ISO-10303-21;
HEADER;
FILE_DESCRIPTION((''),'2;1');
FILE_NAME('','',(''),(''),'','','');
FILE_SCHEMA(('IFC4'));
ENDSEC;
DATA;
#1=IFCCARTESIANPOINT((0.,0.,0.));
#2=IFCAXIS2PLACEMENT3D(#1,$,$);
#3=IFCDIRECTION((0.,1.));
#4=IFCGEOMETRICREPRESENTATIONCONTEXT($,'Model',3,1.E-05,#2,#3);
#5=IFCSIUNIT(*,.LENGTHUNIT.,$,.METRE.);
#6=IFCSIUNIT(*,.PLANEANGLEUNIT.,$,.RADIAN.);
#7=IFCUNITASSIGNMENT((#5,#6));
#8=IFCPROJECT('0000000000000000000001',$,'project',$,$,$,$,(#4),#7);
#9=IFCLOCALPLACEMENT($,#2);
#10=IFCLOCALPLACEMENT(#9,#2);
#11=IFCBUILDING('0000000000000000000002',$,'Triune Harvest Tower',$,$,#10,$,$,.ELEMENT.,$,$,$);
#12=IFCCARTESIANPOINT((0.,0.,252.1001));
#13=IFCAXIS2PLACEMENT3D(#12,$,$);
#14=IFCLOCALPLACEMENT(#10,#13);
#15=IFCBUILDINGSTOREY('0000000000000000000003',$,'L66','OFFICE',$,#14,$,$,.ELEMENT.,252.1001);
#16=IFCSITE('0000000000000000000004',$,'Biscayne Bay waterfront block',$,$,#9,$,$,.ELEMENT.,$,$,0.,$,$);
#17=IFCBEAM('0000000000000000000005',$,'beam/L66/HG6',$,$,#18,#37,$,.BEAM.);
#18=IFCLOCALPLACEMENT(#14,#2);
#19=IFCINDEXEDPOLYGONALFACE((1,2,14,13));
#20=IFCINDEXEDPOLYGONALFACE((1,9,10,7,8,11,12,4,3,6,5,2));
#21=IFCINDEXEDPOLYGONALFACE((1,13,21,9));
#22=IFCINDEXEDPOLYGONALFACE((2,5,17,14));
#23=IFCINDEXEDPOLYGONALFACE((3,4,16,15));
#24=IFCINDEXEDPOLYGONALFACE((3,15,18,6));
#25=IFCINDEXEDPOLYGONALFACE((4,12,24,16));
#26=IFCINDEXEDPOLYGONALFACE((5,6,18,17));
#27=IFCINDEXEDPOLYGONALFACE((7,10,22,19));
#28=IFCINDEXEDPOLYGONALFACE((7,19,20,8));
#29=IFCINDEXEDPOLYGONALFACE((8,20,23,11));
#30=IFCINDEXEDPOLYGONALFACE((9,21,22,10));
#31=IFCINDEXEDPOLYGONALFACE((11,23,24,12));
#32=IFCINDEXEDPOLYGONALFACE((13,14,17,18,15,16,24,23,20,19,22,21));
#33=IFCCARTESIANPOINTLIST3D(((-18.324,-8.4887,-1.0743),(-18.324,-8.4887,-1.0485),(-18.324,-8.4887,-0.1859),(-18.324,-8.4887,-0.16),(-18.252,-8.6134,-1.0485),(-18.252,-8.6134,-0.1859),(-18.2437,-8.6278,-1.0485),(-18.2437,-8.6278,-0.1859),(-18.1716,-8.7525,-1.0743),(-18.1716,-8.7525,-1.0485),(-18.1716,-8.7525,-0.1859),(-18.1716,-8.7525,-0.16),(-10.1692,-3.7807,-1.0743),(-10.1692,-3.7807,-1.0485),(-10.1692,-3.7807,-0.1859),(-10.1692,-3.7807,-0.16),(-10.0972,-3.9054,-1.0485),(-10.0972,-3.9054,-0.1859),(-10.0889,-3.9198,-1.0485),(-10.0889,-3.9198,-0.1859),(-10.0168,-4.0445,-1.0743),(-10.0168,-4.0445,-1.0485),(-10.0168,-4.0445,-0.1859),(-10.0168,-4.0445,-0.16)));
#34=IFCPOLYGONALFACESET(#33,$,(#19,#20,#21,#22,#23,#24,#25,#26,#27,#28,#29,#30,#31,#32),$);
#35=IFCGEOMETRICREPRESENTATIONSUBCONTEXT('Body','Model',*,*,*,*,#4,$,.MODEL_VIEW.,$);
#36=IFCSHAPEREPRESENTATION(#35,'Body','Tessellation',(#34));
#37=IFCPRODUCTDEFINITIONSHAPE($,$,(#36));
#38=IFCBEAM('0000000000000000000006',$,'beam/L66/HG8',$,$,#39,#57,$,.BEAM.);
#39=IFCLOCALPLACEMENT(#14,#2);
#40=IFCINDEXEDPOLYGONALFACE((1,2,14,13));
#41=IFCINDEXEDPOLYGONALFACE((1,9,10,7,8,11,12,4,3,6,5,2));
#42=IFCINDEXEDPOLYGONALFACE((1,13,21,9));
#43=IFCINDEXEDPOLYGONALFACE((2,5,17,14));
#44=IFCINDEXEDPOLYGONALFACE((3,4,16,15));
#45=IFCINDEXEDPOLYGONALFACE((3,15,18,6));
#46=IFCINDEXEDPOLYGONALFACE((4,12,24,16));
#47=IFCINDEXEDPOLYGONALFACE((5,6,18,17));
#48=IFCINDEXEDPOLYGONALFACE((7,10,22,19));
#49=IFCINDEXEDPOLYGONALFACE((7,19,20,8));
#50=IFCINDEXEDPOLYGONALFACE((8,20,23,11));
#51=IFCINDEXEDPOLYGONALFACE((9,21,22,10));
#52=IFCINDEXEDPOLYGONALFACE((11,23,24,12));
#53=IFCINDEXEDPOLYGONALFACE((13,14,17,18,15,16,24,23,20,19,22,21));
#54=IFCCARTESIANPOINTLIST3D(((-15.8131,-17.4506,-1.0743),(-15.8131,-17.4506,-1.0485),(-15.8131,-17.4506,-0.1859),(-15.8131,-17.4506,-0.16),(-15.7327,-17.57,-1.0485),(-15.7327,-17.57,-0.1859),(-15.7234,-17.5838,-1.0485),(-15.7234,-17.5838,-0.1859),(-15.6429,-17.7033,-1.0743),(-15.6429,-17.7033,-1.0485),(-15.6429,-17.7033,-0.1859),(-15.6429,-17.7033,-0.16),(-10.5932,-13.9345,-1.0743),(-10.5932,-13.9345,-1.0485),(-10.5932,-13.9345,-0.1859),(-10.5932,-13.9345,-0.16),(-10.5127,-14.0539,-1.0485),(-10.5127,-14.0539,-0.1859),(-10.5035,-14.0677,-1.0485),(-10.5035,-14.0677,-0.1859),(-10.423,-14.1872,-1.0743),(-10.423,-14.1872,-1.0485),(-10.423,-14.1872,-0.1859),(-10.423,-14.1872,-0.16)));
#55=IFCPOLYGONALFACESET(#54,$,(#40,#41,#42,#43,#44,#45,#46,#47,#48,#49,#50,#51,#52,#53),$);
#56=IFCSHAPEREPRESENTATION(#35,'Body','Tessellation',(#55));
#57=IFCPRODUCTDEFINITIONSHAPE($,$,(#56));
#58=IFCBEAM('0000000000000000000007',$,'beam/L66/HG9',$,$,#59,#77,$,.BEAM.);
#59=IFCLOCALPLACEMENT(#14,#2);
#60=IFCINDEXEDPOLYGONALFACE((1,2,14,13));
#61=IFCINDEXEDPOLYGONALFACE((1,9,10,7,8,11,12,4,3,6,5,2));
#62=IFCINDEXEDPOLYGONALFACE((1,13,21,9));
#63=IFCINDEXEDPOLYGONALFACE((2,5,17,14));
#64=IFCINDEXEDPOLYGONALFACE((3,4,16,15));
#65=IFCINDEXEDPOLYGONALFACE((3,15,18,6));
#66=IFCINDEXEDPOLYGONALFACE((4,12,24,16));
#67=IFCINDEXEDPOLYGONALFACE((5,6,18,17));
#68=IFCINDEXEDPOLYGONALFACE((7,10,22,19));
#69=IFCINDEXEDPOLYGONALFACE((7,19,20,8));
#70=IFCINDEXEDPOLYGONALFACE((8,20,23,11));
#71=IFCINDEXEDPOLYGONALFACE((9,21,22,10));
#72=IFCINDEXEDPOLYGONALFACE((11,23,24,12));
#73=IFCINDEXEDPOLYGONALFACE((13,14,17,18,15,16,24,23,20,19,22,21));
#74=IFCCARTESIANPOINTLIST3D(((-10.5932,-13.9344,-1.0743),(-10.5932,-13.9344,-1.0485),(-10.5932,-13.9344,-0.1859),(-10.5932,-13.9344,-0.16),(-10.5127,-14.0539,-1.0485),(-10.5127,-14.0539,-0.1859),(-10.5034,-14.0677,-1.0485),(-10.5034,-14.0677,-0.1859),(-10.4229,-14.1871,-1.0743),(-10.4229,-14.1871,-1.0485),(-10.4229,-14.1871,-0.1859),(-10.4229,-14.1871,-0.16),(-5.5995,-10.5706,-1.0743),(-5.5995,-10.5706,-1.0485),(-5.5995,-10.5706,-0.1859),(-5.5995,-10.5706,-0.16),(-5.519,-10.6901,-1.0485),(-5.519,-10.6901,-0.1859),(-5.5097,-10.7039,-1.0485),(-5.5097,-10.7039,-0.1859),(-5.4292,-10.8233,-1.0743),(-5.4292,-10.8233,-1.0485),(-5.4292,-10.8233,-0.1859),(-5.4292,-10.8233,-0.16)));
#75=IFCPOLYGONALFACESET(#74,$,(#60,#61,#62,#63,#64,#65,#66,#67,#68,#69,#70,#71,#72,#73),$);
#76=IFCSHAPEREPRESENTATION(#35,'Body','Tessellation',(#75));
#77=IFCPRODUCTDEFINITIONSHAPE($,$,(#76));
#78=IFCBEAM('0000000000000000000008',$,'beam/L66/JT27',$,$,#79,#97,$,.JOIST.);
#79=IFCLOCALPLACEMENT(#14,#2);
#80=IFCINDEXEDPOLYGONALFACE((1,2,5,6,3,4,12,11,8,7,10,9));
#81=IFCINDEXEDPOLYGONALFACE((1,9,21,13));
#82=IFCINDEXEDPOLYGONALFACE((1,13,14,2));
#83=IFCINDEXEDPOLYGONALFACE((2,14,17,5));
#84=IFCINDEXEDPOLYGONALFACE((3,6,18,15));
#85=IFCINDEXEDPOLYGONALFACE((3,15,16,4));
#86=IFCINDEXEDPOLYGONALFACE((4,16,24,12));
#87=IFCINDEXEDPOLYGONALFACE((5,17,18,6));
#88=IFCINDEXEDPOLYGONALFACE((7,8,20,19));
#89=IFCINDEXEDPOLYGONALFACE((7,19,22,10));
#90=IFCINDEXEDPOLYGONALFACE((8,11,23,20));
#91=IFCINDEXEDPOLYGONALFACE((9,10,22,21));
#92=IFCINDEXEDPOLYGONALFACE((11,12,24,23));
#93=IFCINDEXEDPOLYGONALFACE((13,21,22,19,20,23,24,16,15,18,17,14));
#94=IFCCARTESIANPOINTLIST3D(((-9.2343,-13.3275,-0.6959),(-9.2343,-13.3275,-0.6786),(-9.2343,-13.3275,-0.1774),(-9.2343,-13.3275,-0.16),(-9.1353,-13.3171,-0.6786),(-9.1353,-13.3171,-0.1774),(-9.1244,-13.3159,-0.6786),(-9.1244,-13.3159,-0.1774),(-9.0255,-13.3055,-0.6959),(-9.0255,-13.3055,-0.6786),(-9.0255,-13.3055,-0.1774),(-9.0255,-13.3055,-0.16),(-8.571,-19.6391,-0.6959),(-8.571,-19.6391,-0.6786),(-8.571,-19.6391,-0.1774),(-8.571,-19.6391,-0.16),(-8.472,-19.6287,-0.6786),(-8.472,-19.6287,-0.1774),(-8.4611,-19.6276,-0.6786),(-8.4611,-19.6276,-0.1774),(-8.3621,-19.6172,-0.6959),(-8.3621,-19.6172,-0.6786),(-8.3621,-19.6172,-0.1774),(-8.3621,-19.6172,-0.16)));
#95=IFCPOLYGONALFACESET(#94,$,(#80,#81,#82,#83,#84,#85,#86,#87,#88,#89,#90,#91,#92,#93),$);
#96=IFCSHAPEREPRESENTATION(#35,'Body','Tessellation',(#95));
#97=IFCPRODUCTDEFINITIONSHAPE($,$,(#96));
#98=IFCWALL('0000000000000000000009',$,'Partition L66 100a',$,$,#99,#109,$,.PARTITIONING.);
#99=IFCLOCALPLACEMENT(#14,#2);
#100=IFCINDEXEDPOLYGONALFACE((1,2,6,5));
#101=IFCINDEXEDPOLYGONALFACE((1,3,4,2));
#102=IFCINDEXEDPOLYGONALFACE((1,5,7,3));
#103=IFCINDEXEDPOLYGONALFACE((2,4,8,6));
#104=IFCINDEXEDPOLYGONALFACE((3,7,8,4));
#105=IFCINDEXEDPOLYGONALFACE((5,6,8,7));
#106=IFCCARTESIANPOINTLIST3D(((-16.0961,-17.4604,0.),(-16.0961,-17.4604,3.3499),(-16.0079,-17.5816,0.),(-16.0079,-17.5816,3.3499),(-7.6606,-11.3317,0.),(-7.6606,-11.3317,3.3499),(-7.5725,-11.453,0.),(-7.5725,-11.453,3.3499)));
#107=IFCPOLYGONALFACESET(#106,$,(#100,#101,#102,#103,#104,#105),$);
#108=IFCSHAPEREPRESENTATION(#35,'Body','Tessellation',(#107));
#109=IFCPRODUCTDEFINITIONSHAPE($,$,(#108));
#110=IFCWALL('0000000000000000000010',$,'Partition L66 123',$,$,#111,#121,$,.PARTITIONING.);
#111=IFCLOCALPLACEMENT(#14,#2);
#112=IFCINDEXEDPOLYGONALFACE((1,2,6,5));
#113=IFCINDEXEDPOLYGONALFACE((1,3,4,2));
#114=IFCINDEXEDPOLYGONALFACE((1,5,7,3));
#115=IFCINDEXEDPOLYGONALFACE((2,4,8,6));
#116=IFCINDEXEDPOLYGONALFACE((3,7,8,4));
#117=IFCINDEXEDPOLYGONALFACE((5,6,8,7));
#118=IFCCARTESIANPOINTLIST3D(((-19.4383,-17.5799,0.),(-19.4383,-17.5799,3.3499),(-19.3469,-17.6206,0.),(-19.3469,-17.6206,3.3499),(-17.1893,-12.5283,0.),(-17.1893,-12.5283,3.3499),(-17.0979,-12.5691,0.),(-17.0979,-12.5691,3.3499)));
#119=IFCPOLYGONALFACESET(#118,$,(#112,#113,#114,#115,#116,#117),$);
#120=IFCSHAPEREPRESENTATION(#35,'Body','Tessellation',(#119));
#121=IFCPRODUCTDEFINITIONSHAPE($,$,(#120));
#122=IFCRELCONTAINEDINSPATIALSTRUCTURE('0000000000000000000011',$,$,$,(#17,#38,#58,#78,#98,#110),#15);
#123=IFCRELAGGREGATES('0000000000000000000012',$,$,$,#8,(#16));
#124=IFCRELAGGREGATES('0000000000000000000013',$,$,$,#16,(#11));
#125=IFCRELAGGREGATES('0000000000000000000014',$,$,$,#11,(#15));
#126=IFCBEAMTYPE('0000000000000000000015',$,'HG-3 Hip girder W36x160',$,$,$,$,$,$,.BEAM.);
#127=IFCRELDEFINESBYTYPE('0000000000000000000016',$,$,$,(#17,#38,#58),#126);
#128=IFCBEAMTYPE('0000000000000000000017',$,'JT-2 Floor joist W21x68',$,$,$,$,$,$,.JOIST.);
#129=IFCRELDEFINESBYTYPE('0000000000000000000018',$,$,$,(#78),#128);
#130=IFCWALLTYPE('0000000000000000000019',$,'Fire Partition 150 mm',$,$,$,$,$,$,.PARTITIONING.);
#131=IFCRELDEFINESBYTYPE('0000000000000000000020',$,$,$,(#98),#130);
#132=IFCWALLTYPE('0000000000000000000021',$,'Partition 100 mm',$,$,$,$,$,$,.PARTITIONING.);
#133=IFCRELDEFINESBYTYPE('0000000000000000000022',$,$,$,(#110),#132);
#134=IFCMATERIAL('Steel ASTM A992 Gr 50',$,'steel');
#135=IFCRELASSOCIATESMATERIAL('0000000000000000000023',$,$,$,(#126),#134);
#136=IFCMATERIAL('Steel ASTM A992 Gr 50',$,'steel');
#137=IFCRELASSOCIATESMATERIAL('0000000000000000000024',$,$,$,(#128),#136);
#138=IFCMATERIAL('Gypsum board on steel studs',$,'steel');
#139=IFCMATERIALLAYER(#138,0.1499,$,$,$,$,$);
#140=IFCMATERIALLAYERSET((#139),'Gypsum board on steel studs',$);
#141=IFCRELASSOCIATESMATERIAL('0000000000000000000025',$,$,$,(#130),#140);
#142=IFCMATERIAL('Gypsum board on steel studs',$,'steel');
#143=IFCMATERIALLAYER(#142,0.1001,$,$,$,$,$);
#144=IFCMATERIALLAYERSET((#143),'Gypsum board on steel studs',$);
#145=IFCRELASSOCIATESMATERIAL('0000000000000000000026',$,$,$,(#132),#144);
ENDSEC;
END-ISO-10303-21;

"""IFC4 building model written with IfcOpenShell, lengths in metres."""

from ifc_helpers import new_model, si_unit, direction, frame, frame_2d, origin, origin_2d, place, context, subcontext, project, spatial, rectangle, i_section, extrude, source, transform, mapped, material, layer, layer_set, material_profile, profile_set, type_object, element, save


model = new_model("IFC4")

# Units and contexts
model_context = context("Model", 3, precision=1e-05, world=origin(), true_north=direction((0.0, 1.0)))
body_context = subcontext(model_context, "Body", "Model", "MODEL_VIEW")
ifc_project = project(units=[si_unit("LENGTHUNIT", "METRE"), si_unit("PLANEANGLEUNIT", "RADIAN")], contexts=[model_context])

# Site, building, storey
site_placement = place(None, origin())
site = spatial("IfcSite", under=ifc_project, at=site_placement, Name="Biscayne Bay waterfront block", CompositionType="ELEMENT", RefElevation=0.0)
building_placement = place(site_placement, origin())
building = spatial("IfcBuilding", under=site, at=building_placement, Name="Triune Harvest Tower", CompositionType="ELEMENT")
storey_placement = place(building_placement, frame((0.0, 0.0, 252.1001)))
storey = spatial("IfcBuildingStorey", under=building, at=storey_placement, Name="L66", Description="OFFICE", CompositionType="ELEMENT", Elevation=252.1001)

# Beams
ifc_material_1 = material(Name="Steel ASTM A992 Gr 50", Category="steel")
ifc_material_profile_1 = material_profile(ifc_material_1, i_section(OverallWidth=0.3047, OverallDepth=0.9143, WebThickness=0.0166, FlangeThickness=0.0259, at=origin_2d()), Name="W36x160")
ifc_profile_set_1 = profile_set([ifc_material_profile_1], Name="Steel ASTM A992 Gr 50")
beam_type_1 = type_object("IfcBeamType", Name="HG-3 Hip girder W36x160", PredefinedType="BEAM", material=ifc_profile_set_1)
shared_shape_1 = source(origin(), body_context, "Body", "SweptSolid", [
    extrude(i_section(OverallWidth=0.3047, OverallDepth=0.9143, WebThickness=0.0166, FlangeThickness=0.0259, at=origin_2d()), origin(), (0.0, 0.0, 1.0), 9.4163),
])
beam_1_placement = place(storey_placement, frame((-18.2478, -8.6206, -0.6172), z_axis=(0.866033, 0.499987, 0.0), x_axis=(-0.499987, 0.866033, 0.0)))
element("IfcBeam", 1, at=beam_1_placement, inside=storey, type_object=beam_type_1, Name="beam/L66/HG6", PredefinedType="BEAM", context=body_context, shape_type="MappedRepresentation", body=[
    mapped(shared_shape_1, transform((0.0, 0.0, 0.0), scale=1.0)),
])
shared_shape_2 = source(origin(), body_context, "Body", "SweptSolid", [
    extrude(i_section(OverallWidth=0.3047, OverallDepth=0.9143, WebThickness=0.0166, FlangeThickness=0.0259, at=origin_2d()), origin(), (0.0, 0.0, 1.0), 6.2937),
])
beam_2_placement = place(storey_placement, frame((-15.728, -17.5769, -0.6172), z_axis=(0.829391, 0.558668, 0.0), x_axis=(-0.558668, 0.829391, 0.0)))
element("IfcBeam", 2, at=beam_2_placement, inside=storey, type_object=beam_type_1, Name="beam/L66/HG8", PredefinedType="BEAM", context=body_context, shape_type="MappedRepresentation", body=[
    mapped(shared_shape_2, transform((0.0, 0.0, 0.0), scale=1.0)),
])
shared_shape_3 = source(origin(), body_context, "Body", "SweptSolid", [
    extrude(i_section(OverallWidth=0.3047, OverallDepth=0.9143, WebThickness=0.0166, FlangeThickness=0.0259, at=origin_2d()), origin(), (0.0, 0.0, 1.0), 6.021),
])
beam_3_placement = place(storey_placement, frame((-10.5081, -14.0608, -0.6172), z_axis=(0.829383, 0.55868, 0.0), x_axis=(-0.55868, 0.829383, 0.0)))
element("IfcBeam", 3, at=beam_3_placement, inside=storey, type_object=beam_type_1, Name="beam/L66/HG9", PredefinedType="BEAM", context=body_context, shape_type="MappedRepresentation", body=[
    mapped(shared_shape_3, transform((0.0, 0.0, 0.0), scale=1.0)),
])
ifc_material_2 = material(Name="Steel ASTM A992 Gr 50", Category="steel")
ifc_material_profile_2 = material_profile(ifc_material_2, i_section(OverallWidth=0.21, OverallDepth=0.5359, WebThickness=0.011, FlangeThickness=0.0173, at=origin_2d()), Name="W21x68")
ifc_profile_set_2 = profile_set([ifc_material_profile_2], Name="Steel ASTM A992 Gr 50")
beam_type_2 = type_object("IfcBeamType", Name="JT-2 Floor joist W21x68", PredefinedType="JOIST", material=ifc_profile_set_2)
shared_shape_4 = source(origin(), body_context, "Body", "SweptSolid", [
    extrude(i_section(OverallWidth=0.21, OverallDepth=0.5359, WebThickness=0.011, FlangeThickness=0.0173, at=origin_2d()), origin(), (0.0, 0.0, 1.0), 6.3464),
])
beam_4_placement = place(storey_placement, frame((-8.4666, -19.6282, -0.428), z_axis=(-0.104519, 0.994523, 0.0), x_axis=(-0.994523, -0.104519, 0.0)))
element("IfcBeam", 4, at=beam_4_placement, inside=storey, type_object=beam_type_2, Name="beam/L66/JT27", PredefinedType="JOIST", context=body_context, shape_type="MappedRepresentation", body=[
    mapped(shared_shape_4, transform((0.0, 0.0, 0.0), scale=1.0)),
])

# Walls
ifc_material_3 = material(Name="Gypsum board on steel studs", Category="steel")
ifc_layer_1 = layer(ifc_material_3, 0.1499)
ifc_layer_set_1 = layer_set([ifc_layer_1], Name="Gypsum board on steel studs")
wall_type_1 = type_object("IfcWallType", Name="Fire Partition 150 mm", PredefinedType="PARTITIONING", material=ifc_layer_set_1)
wall_1_placement = place(storey_placement, frame((-16.052, -17.521, 0.0), z_axis=(0.0, 0.0, 1.0), x_axis=(0.809023, 0.587778, 0.0)))
element("IfcWall", 5, at=wall_1_placement, inside=storey, type_object=wall_type_1, Name="Partition L66 100a", PredefinedType="PARTITIONING", context=body_context, shape_type="SweptSolid", body=[
    extrude(rectangle(XDim=10.4268, YDim=0.1499, at=frame_2d((5.2134, 0.0))), origin(), (0.0, 0.0, 1.0), 3.3499),
])
ifc_material_4 = material(Name="Gypsum board on steel studs", Category="steel")
ifc_layer_2 = layer(ifc_material_4, 0.1001)
ifc_layer_set_2 = layer_set([ifc_layer_2], Name="Gypsum board on steel studs")
wall_type_2 = type_object("IfcWallType", Name="Partition 100 mm", PredefinedType="PARTITIONING", material=ifc_layer_set_2)
wall_2_placement = place(storey_placement, frame((-19.3926, -17.6001, 0.0), z_axis=(0.0, 0.0, 1.0), x_axis=(0.406728, 0.913549, 0.0)))
element("IfcWall", 6, at=wall_2_placement, inside=storey, type_object=wall_type_2, Name="Partition L66 123", PredefinedType="PARTITIONING", context=body_context, shape_type="SweptSolid", body=[
    extrude(rectangle(XDim=5.5295, YDim=0.1001, at=frame_2d((2.7646, 0.0))), origin(), (0.0, 0.0, 1.0), 3.3499),
])

save(model, "model.ifc")
